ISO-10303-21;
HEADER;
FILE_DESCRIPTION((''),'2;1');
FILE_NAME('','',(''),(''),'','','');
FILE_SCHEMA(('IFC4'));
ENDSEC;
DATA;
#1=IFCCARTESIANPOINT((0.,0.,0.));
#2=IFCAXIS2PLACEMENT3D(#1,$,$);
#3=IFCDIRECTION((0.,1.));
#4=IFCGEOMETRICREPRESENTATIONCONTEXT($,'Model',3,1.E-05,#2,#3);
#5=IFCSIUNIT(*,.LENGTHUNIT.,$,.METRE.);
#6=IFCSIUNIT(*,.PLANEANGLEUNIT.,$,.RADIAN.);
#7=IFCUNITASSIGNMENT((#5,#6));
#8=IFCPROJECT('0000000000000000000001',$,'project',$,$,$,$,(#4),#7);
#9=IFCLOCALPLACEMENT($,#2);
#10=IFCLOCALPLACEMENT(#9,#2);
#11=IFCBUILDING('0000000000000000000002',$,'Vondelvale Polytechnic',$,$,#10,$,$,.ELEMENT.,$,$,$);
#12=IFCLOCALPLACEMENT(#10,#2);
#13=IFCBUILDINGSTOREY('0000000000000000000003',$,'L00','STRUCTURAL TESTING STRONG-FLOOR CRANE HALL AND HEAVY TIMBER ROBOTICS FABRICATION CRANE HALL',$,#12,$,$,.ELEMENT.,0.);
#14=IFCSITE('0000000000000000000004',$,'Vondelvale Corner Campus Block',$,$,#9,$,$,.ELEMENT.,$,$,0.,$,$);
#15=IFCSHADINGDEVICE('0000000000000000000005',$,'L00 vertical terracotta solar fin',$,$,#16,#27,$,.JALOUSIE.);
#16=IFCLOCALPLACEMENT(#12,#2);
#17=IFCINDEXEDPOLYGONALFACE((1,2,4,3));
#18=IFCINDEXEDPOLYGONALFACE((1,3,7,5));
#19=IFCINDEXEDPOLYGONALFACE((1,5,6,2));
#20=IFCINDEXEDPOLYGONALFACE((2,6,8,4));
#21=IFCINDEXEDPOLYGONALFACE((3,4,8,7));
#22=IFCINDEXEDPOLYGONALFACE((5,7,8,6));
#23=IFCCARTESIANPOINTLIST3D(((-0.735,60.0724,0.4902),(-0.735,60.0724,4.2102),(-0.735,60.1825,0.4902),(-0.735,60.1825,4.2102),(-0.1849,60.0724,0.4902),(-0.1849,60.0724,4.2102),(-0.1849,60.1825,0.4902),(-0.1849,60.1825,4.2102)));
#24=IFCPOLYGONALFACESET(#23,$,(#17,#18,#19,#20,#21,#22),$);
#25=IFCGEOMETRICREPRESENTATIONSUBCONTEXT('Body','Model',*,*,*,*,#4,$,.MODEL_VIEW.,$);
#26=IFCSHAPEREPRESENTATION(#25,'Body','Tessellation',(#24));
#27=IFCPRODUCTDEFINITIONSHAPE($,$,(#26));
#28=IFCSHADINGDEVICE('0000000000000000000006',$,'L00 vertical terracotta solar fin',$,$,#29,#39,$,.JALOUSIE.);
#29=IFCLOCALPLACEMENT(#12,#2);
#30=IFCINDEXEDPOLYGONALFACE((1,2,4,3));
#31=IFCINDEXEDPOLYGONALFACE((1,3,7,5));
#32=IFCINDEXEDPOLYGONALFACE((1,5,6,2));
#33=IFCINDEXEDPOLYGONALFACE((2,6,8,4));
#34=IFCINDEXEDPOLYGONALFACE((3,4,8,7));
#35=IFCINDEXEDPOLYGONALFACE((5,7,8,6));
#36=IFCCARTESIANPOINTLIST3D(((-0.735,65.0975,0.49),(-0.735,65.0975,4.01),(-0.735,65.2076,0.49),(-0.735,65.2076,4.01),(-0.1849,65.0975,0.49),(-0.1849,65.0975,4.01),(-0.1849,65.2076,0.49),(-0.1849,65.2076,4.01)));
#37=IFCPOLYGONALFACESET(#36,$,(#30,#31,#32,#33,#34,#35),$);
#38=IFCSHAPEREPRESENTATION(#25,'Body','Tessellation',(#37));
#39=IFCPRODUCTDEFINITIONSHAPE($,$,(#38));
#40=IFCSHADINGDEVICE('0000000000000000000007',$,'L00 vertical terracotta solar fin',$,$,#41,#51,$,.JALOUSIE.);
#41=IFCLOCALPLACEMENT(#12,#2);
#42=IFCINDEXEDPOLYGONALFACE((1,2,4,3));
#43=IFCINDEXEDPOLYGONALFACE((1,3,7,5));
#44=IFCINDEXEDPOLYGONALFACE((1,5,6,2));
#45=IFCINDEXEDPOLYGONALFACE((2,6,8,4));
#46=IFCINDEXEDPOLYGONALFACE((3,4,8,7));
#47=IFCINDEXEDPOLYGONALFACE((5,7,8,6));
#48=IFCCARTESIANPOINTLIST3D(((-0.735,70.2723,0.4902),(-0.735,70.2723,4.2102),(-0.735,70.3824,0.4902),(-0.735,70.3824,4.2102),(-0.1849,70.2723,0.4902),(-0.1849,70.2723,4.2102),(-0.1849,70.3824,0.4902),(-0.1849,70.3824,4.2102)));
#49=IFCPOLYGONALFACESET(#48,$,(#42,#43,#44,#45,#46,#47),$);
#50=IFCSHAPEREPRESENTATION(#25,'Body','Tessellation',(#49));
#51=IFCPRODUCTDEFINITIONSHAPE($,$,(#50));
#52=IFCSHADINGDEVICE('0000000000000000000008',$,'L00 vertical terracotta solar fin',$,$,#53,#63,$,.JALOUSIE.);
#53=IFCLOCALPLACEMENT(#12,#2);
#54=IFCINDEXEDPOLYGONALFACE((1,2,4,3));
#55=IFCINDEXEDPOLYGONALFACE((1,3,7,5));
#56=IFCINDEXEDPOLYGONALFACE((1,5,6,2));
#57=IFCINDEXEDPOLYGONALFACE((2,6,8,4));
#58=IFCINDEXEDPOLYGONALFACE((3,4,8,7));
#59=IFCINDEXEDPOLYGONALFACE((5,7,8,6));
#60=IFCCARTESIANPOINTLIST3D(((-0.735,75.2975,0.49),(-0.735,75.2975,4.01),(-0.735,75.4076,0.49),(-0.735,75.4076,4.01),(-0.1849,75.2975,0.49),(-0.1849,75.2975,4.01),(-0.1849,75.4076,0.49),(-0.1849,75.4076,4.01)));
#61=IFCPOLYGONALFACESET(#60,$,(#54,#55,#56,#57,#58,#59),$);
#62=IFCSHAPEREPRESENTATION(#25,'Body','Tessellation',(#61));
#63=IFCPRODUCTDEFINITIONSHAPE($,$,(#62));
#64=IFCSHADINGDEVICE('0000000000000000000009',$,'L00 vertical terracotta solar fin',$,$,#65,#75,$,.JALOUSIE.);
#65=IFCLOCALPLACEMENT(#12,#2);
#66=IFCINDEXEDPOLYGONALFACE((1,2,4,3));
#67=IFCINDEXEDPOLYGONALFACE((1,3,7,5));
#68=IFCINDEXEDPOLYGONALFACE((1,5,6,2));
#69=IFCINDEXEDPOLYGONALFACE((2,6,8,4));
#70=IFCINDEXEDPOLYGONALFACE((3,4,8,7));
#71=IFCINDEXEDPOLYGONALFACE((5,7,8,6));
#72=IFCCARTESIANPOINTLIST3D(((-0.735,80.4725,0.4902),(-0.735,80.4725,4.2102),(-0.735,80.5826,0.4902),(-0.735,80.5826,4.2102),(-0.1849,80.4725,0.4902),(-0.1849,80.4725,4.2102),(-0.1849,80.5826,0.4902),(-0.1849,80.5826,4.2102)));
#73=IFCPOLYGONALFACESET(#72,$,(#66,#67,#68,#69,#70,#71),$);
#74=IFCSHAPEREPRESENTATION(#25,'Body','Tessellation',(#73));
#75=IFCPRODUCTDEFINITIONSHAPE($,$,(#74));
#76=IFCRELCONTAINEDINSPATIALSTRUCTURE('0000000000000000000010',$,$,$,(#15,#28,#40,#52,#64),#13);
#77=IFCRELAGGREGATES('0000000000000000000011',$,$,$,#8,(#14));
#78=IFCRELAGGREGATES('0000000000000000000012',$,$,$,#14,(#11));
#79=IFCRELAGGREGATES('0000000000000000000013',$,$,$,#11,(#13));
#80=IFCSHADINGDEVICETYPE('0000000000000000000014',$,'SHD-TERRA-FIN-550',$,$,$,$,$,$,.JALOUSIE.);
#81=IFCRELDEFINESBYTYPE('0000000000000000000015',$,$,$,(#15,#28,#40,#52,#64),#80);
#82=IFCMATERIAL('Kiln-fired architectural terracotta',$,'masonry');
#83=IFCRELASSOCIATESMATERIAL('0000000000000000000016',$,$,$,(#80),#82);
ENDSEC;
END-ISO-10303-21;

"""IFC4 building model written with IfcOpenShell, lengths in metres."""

from ifc_helpers import new_model, si_unit, direction, frame, origin, origin_2d, place, context, subcontext, project, spatial, rectangle, extrude, material, type_object, element, save


model = new_model("IFC4")

# Units and contexts
model_context = context("Model", 3, precision=1e-05, world=origin(), true_north=direction((0.0, 1.0)))
body_context = subcontext(model_context, "Body", "Model", "MODEL_VIEW")
ifc_project = project(units=[si_unit("LENGTHUNIT", "METRE"), si_unit("PLANEANGLEUNIT", "RADIAN")], contexts=[model_context])

# Site, building, storey
site_placement = place(None, origin())
site = spatial("IfcSite", under=ifc_project, at=site_placement, Name="Vondelvale Corner Campus Block", CompositionType="ELEMENT", RefElevation=0.0)
building_placement = place(site_placement, origin())
building = spatial("IfcBuilding", under=site, at=building_placement, Name="Vondelvale Polytechnic", CompositionType="ELEMENT")
storey_placement = place(building_placement, origin())
storey = spatial("IfcBuildingStorey", under=building, at=storey_placement, Name="L00", Description="STRUCTURAL TESTING STRONG-FLOOR CRANE HALL AND HEAVY TIMBER ROBOTICS FABRICATION CRANE HALL", CompositionType="ELEMENT", Elevation=0.0)

# Shading devices
ifc_material_1 = material(Name="Kiln-fired architectural terracotta", Category="masonry")
shading_device_type = type_object("IfcShadingDeviceType", Name="SHD-TERRA-FIN-550", PredefinedType="JALOUSIE", material=ifc_material_1)
shading_device_1_placement = place(storey_placement, frame((-0.46, 60.1274, 0.4902), z_axis=(0.0, 0.0, 1.0), x_axis=(0.0, 1.0, 0.0)))
element("IfcShadingDevice", 1, at=shading_device_1_placement, inside=storey, type_object=shading_device_type, Name="L00 vertical terracotta solar fin", PredefinedType="JALOUSIE", context=body_context, shape_type="SweptSolid", body=[
    extrude(rectangle(XDim=0.1101, YDim=0.55, at=origin_2d()), origin(), (0.0, 0.0, 1.0), 3.72),
])
shading_device_2_placement = place(storey_placement, frame((-0.46, 65.1526, 0.49), z_axis=(0.0, 0.0, 1.0), x_axis=(0.0, 1.0, 0.0)))
element("IfcShadingDevice", 2, at=shading_device_2_placement, inside=storey, type_object=shading_device_type, Name="L00 vertical terracotta solar fin", PredefinedType="JALOUSIE", context=body_context, shape_type="SweptSolid", body=[
    extrude(rectangle(XDim=0.1101, YDim=0.55, at=origin_2d()), origin(), (0.0, 0.0, 1.0), 3.52),
])
shading_device_3_placement = place(storey_placement, frame((-0.46, 70.3274, 0.4902), z_axis=(0.0, 0.0, 1.0), x_axis=(0.0, 1.0, 0.0)))
element("IfcShadingDevice", 3, at=shading_device_3_placement, inside=storey, type_object=shading_device_type, Name="L00 vertical terracotta solar fin", PredefinedType="JALOUSIE", context=body_context, shape_type="SweptSolid", body=[
    extrude(rectangle(XDim=0.1101, YDim=0.55, at=origin_2d()), origin(), (0.0, 0.0, 1.0), 3.72),
])
shading_device_4_placement = place(storey_placement, frame((-0.46, 75.3525, 0.49), z_axis=(0.0, 0.0, 1.0), x_axis=(0.0, 1.0, 0.0)))
element("IfcShadingDevice", 4, at=shading_device_4_placement, inside=storey, type_object=shading_device_type, Name="L00 vertical terracotta solar fin", PredefinedType="JALOUSIE", context=body_context, shape_type="SweptSolid", body=[
    extrude(rectangle(XDim=0.1101, YDim=0.55, at=origin_2d()), origin(), (0.0, 0.0, 1.0), 3.52),
])
shading_device_5_placement = place(storey_placement, frame((-0.46, 80.5276, 0.4902), z_axis=(0.0, 0.0, 1.0), x_axis=(0.0, 1.0, 0.0)))
element("IfcShadingDevice", 5, at=shading_device_5_placement, inside=storey, type_object=shading_device_type, Name="L00 vertical terracotta solar fin", PredefinedType="JALOUSIE", context=body_context, shape_type="SweptSolid", body=[
    extrude(rectangle(XDim=0.1101, YDim=0.55, at=origin_2d()), origin(), (0.0, 0.0, 1.0), 3.72),
])

save(model, "model.ifc")
